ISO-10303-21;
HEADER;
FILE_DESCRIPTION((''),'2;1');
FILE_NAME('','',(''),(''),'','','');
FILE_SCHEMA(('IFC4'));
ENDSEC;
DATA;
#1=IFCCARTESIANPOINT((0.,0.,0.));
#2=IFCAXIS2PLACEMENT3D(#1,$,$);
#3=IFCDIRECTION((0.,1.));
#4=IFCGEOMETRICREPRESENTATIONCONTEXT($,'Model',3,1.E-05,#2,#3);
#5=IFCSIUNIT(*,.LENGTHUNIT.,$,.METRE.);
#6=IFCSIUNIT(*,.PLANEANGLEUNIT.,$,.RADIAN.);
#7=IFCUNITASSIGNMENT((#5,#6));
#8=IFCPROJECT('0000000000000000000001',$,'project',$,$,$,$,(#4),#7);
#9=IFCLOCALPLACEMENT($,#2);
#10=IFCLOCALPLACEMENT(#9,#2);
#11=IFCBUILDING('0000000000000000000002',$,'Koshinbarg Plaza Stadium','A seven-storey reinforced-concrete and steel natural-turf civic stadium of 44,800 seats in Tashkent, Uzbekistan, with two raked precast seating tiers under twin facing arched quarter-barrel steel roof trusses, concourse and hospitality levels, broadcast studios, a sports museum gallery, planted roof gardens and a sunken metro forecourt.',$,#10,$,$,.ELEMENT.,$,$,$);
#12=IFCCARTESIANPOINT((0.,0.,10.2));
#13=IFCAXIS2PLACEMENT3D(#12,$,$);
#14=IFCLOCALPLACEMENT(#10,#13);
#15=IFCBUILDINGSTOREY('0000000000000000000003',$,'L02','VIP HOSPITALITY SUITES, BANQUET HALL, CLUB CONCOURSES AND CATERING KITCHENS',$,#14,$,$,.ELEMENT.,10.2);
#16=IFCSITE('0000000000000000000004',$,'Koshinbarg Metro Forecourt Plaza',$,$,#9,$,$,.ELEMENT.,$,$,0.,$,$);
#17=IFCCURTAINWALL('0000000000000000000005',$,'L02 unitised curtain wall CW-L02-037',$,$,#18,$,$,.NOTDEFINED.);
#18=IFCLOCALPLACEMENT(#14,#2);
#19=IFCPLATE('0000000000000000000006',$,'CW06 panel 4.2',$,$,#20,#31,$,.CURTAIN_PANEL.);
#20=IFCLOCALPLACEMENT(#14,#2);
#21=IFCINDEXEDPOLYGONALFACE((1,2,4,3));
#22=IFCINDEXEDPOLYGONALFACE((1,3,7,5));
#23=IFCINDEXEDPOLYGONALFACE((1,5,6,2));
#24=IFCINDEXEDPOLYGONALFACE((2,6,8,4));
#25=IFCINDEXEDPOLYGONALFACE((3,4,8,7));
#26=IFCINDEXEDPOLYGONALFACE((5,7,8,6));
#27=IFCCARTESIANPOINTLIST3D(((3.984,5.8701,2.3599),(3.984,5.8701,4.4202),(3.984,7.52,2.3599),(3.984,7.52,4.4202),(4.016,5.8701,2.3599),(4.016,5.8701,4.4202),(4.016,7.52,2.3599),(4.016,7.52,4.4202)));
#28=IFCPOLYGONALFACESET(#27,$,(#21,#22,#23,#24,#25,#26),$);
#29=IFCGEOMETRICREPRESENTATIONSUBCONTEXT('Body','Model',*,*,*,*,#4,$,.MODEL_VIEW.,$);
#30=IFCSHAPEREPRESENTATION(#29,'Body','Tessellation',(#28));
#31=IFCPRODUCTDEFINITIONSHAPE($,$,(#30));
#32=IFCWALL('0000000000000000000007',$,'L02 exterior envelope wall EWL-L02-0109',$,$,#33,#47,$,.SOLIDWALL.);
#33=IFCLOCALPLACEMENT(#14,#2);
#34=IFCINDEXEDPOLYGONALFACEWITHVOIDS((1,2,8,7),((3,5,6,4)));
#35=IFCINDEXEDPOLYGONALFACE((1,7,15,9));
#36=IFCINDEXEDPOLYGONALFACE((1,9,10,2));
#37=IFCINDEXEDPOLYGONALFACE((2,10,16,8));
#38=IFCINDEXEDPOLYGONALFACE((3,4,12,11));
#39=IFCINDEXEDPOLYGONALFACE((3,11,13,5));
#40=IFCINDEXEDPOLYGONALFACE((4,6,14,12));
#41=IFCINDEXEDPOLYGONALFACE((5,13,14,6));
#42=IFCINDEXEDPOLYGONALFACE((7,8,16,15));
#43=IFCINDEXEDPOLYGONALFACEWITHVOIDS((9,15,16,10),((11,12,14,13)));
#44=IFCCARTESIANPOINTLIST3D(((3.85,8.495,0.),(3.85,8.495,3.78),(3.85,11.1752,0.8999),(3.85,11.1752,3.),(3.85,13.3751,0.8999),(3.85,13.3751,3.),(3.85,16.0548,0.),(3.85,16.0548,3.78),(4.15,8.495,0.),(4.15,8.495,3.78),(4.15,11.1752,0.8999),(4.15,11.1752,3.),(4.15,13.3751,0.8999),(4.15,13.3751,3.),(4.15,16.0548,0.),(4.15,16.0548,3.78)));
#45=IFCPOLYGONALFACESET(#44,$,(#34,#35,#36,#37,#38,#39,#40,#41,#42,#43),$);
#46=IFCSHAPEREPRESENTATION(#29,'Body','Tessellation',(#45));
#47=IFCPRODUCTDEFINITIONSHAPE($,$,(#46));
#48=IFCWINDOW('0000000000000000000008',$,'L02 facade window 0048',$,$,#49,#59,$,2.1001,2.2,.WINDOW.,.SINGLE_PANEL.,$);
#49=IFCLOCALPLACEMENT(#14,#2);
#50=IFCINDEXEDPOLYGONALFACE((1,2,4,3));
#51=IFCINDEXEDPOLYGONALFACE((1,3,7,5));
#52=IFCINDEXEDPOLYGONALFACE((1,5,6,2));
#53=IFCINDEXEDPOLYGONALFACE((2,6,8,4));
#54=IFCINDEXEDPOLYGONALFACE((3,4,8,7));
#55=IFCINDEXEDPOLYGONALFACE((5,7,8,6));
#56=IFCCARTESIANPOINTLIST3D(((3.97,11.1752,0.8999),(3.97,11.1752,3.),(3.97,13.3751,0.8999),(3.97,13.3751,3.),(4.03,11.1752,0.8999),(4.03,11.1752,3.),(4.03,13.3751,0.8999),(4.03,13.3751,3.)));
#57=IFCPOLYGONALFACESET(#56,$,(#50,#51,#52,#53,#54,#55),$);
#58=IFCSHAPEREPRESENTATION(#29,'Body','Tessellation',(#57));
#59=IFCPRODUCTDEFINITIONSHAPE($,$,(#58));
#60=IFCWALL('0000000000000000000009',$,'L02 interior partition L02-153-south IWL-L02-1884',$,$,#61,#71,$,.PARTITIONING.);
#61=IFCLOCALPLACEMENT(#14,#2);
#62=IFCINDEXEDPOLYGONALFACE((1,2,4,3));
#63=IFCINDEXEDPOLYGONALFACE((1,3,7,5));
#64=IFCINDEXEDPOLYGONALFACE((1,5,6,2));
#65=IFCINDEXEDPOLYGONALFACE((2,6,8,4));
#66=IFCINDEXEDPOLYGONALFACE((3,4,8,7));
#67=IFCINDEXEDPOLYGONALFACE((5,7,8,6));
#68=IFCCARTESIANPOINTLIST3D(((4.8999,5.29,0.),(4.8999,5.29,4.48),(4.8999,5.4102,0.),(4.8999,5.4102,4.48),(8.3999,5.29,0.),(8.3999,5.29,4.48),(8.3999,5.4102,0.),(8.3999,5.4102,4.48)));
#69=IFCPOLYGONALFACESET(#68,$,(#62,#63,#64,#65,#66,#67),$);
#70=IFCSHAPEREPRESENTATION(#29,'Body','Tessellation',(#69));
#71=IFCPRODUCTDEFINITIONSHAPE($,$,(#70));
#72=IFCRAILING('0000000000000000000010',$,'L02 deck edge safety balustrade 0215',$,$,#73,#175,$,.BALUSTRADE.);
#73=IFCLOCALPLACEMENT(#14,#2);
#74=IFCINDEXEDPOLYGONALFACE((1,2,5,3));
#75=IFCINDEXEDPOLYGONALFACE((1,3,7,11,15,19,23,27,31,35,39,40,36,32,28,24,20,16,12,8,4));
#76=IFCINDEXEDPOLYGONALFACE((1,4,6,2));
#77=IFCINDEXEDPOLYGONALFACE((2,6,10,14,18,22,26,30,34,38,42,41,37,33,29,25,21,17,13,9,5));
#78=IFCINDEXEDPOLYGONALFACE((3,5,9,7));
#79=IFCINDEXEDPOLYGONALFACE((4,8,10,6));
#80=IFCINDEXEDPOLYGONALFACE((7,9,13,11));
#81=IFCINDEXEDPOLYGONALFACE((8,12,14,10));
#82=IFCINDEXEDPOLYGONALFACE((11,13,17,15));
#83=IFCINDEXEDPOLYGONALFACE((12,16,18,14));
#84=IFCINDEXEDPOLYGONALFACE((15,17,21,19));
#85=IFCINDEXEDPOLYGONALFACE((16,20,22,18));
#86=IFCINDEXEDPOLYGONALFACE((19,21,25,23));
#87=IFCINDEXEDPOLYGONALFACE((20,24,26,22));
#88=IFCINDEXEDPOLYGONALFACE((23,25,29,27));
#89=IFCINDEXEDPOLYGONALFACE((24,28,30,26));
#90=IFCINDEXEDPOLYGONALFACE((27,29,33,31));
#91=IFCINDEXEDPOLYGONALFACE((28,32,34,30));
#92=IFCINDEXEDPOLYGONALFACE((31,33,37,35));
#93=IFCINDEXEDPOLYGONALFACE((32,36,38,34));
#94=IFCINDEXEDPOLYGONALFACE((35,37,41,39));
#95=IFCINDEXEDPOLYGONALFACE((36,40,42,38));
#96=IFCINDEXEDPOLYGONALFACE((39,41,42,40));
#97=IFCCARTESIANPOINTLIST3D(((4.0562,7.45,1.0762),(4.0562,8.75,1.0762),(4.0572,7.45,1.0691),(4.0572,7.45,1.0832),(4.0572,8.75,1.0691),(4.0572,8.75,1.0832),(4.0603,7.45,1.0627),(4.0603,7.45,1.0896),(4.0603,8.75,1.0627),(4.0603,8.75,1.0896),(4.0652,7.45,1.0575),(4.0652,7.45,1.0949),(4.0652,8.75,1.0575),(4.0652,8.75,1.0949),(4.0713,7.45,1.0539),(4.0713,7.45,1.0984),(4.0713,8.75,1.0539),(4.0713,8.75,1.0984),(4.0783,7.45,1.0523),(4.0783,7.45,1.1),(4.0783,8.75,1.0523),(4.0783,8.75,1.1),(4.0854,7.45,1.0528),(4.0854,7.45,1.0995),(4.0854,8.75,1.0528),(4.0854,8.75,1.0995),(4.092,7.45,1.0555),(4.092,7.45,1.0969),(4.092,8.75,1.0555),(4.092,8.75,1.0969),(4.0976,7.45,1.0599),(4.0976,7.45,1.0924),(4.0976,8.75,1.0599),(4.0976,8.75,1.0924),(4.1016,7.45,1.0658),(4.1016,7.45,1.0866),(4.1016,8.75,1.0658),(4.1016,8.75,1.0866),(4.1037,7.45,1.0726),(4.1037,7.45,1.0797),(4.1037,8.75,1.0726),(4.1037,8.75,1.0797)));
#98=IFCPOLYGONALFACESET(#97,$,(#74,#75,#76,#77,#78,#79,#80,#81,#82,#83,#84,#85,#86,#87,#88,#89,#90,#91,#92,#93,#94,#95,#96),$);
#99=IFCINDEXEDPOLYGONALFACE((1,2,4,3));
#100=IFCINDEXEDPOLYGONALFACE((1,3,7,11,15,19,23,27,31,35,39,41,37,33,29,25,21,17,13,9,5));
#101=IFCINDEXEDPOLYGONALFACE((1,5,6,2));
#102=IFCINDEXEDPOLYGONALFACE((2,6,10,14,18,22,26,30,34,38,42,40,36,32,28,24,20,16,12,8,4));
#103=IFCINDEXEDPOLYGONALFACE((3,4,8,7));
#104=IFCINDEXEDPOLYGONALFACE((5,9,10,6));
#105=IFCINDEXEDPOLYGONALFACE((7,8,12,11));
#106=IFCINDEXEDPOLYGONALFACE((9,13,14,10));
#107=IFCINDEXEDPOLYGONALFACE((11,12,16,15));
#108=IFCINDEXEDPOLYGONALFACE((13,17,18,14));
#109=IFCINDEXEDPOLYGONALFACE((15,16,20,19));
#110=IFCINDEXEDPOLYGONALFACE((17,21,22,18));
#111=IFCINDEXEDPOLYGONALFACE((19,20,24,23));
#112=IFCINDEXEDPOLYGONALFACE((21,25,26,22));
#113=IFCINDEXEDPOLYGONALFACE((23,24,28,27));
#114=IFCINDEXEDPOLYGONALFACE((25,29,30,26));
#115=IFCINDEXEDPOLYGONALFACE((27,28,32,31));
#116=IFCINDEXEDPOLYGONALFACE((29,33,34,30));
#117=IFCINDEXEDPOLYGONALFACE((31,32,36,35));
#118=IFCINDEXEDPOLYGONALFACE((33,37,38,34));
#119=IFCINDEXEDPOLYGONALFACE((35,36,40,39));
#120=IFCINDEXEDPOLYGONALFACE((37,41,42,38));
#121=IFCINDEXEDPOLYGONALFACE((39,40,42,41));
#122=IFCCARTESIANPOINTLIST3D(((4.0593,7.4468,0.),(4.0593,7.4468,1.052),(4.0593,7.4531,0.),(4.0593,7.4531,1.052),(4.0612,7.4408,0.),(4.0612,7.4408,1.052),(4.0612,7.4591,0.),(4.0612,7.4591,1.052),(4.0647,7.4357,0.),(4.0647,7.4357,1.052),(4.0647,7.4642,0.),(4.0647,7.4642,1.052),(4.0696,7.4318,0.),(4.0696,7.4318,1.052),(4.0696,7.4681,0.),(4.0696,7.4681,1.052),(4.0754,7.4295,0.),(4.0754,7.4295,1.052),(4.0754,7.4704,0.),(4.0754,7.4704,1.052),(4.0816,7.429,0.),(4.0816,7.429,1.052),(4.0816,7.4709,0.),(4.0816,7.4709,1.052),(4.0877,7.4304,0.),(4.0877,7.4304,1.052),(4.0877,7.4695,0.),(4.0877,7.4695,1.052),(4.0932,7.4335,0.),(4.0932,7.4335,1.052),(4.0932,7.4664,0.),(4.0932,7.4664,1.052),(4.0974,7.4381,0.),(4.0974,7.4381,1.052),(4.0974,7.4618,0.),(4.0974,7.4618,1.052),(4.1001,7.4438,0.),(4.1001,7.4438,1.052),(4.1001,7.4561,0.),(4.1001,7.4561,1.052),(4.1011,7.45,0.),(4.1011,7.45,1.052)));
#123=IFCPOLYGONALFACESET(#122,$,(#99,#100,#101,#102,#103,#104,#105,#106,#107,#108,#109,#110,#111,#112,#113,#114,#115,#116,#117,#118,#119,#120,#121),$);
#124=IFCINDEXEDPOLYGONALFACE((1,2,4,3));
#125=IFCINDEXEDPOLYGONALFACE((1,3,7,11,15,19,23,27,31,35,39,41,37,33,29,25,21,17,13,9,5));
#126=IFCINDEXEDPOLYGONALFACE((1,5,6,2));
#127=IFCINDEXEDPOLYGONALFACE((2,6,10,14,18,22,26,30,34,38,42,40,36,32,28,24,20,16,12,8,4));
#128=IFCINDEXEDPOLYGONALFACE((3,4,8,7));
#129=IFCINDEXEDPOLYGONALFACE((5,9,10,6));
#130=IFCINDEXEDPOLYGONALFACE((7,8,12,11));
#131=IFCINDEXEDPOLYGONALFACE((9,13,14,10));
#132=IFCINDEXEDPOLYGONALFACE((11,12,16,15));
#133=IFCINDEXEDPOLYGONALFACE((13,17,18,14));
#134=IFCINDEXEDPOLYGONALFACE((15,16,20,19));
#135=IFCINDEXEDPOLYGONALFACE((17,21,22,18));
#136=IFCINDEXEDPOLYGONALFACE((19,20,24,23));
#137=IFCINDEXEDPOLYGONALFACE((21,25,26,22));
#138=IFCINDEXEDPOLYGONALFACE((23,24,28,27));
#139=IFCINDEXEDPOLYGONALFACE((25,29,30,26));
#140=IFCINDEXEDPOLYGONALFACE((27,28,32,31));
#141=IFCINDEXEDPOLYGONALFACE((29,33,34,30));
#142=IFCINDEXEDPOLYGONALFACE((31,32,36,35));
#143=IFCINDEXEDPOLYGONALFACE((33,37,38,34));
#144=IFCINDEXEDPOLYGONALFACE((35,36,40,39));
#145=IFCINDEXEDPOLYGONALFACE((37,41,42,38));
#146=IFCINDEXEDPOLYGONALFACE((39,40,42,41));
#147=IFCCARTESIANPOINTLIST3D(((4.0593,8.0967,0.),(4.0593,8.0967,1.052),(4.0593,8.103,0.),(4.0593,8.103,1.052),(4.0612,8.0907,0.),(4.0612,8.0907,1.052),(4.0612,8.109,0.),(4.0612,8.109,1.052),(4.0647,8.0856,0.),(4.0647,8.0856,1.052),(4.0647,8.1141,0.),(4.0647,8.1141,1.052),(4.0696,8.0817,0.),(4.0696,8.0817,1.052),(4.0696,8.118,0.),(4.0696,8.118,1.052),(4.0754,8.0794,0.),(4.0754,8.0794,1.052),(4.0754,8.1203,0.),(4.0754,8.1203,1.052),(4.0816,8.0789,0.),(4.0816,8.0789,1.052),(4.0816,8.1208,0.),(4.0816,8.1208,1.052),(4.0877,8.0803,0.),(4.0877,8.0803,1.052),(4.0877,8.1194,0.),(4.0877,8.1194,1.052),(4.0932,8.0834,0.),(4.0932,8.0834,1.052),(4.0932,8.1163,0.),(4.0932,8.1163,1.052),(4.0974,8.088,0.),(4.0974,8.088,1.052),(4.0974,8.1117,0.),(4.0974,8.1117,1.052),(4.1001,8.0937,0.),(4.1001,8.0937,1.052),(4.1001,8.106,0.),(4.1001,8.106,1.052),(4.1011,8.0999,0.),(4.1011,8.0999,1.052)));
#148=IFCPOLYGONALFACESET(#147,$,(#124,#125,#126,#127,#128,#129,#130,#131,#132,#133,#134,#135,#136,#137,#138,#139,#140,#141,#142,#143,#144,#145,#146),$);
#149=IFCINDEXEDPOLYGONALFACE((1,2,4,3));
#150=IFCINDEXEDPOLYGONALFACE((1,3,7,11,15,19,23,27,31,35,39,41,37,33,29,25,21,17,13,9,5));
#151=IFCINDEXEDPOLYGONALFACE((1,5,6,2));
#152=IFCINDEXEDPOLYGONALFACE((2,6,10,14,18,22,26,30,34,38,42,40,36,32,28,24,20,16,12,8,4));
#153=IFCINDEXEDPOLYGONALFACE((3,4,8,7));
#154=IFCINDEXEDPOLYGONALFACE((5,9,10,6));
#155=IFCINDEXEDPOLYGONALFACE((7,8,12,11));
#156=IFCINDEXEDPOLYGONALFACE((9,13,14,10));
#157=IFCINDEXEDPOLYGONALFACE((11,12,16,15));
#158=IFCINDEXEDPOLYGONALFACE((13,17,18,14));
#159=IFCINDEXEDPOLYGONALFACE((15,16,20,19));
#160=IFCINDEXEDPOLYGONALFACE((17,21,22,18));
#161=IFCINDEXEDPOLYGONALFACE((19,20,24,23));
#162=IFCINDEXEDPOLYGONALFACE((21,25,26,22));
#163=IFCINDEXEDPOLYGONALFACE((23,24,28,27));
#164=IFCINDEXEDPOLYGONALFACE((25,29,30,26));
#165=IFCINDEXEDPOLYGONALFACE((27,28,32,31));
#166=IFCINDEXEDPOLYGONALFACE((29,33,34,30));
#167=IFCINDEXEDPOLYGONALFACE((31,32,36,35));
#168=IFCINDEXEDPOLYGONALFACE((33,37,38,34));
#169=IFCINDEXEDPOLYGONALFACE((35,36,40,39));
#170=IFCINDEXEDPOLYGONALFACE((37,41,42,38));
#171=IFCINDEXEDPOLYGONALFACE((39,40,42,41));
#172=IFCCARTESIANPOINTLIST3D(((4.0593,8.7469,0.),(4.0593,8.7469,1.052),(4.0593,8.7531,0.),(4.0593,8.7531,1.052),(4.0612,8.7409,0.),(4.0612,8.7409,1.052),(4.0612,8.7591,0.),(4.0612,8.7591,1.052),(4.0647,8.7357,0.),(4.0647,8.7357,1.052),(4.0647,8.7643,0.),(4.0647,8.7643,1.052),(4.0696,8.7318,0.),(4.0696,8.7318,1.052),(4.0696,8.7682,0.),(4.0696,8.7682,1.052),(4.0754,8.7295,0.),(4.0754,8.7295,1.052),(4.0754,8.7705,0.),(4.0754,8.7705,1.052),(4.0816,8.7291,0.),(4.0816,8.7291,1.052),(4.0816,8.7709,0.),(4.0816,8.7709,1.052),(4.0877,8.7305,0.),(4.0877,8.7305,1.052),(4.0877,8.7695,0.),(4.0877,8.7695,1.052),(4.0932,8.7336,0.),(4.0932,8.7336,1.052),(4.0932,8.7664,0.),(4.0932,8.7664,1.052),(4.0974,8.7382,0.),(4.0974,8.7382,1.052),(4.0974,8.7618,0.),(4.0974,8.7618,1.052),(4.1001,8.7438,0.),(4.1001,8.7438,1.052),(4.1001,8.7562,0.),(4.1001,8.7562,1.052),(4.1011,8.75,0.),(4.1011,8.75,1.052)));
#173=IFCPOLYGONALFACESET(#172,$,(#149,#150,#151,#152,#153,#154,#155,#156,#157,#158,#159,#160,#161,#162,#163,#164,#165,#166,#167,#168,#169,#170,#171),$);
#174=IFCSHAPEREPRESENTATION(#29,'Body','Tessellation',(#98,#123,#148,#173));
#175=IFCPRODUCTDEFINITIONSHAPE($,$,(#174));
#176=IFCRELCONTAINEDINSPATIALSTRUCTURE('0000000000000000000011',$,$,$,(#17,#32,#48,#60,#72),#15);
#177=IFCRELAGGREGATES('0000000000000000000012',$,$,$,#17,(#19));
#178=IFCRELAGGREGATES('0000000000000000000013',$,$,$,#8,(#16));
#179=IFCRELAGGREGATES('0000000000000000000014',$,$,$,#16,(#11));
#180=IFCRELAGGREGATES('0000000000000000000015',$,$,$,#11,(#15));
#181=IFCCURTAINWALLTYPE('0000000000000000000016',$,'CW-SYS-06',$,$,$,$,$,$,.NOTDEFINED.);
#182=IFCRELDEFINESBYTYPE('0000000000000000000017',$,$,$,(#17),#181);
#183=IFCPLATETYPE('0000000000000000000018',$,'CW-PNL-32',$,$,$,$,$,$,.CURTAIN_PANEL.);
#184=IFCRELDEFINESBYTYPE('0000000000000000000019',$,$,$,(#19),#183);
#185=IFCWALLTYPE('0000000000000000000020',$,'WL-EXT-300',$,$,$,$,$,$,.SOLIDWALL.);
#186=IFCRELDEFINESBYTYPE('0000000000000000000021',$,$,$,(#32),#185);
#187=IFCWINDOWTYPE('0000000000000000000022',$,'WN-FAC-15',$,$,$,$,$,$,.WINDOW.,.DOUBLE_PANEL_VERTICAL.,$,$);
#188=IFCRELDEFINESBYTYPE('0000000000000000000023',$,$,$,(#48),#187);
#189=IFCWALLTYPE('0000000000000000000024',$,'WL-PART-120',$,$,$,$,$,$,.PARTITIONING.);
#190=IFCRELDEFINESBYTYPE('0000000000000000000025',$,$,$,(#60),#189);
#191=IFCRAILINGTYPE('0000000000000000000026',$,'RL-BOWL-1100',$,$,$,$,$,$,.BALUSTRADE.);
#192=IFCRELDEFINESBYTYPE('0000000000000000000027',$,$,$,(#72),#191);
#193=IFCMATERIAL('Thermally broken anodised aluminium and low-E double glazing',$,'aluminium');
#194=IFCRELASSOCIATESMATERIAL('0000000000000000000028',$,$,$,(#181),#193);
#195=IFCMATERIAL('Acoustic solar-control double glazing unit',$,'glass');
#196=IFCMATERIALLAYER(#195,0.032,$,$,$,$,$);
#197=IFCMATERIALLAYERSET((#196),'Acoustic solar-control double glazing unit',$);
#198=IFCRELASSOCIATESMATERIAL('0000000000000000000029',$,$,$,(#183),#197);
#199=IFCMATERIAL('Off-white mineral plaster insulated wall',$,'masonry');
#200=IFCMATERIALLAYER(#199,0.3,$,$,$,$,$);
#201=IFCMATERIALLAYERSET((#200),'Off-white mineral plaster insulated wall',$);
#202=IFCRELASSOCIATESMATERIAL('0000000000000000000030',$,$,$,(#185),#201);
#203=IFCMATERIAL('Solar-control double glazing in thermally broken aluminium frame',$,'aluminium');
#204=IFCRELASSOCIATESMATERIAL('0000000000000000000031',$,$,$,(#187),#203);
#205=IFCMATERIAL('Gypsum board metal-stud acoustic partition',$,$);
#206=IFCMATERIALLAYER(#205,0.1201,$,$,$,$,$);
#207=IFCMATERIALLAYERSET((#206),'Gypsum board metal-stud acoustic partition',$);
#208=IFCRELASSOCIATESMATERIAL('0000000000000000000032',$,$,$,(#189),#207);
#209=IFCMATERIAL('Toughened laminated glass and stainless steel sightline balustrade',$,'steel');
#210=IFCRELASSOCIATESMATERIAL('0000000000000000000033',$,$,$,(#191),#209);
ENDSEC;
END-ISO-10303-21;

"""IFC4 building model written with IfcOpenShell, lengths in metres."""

from ifc_helpers import new_model, si_unit, direction, frame, frame_2d, origin, origin_2d, place, context, subcontext, project, spatial, rectangle, circle, extrude, material, layer, layer_set, type_object, element, fill, aggregate, save


model = new_model("IFC4")

# Units and contexts
model_context = context("Model", 3, precision=1e-05, world=origin(), true_north=direction((0.0, 1.0)))
body_context = subcontext(model_context, "Body", "Model", "MODEL_VIEW")
ifc_project = project(units=[si_unit("LENGTHUNIT", "METRE"), si_unit("PLANEANGLEUNIT", "RADIAN")], contexts=[model_context])

# Site, building, storey
site_placement = place(None, origin())
site = spatial("IfcSite", under=ifc_project, at=site_placement, Name="Koshinbarg Metro Forecourt Plaza", CompositionType="ELEMENT", RefElevation=0.0)
building_placement = place(site_placement, origin())
building = spatial("IfcBuilding", under=site, at=building_placement, Name="Koshinbarg Plaza Stadium", Description="A seven-storey reinforced-concrete and steel natural-turf civic stadium of 44,800 seats in Tashkent, Uzbekistan, with two raked precast seating tiers under twin facing arched quarter-barrel steel roof trusses, concourse and hospitality levels, broadcast studios, a sports museum gallery, planted roof gardens and a sunken metro forecourt.", CompositionType="ELEMENT")
storey_placement = place(building_placement, frame((0.0, 0.0, 10.2)))
storey = spatial("IfcBuildingStorey", under=building, at=storey_placement, Name="L02", Description="VIP HOSPITALITY SUITES, BANQUET HALL, CLUB CONCOURSES AND CATERING KITCHENS", CompositionType="ELEMENT", Elevation=10.2)

# Curtain wall, plate
ifc_material_1 = material(Name="Thermally broken anodised aluminium and low-E double glazing", Category="aluminium")
curtain_wall_type = type_object("IfcCurtainWallType", Name="CW-SYS-06", PredefinedType="NOTDEFINED", material=ifc_material_1)
curtain_wall_placement = place(storey_placement, origin())
curtain_wall = element("IfcCurtainWall", 1, at=curtain_wall_placement, inside=storey, type_object=curtain_wall_type, Name="L02 unitised curtain wall CW-L02-037", PredefinedType="NOTDEFINED")
ifc_material_2 = material(Name="Acoustic solar-control double glazing unit", Category="glass")
ifc_layer_1 = layer(ifc_material_2, 0.032)
ifc_layer_set_1 = layer_set([ifc_layer_1], Name="Acoustic solar-control double glazing unit")
plate_type = type_object("IfcPlateType", Name="CW-PNL-32", PredefinedType="CURTAIN_PANEL", material=ifc_layer_set_1)
plate_1_placement = place(storey_placement, frame((4.0, 6.6951, 2.3599), z_axis=(0.0, 0.0, 1.0), x_axis=(0.0, 1.0, 0.0)))
plate_1 = element("IfcPlate", 2, at=plate_1_placement, type_object=plate_type, Name="CW06 panel 4.2", PredefinedType="CURTAIN_PANEL", context=body_context, shape_type="SweptSolid", body=[
    extrude(rectangle(XDim=1.6499, YDim=0.032, at=origin_2d()), origin(), (0.0, 0.0, 1.0), 2.0603),
])
aggregate(curtain_wall, [plate_1])

# Wall, opening, window
ifc_material_3 = material(Name="Off-white mineral plaster insulated wall", Category="masonry")
ifc_layer_2 = layer(ifc_material_3, 0.3)
ifc_layer_set_2 = layer_set([ifc_layer_2], Name="Off-white mineral plaster insulated wall")
wall_type_1 = type_object("IfcWallType", Name="WL-EXT-300", PredefinedType="SOLIDWALL", material=ifc_layer_set_2)
wall_1_placement = place(storey_placement, frame((4.0, 8.4951, 0.0), z_axis=(0.0, 0.0, 1.0), x_axis=(0.0, 1.0, 0.0)))
wall_1 = element("IfcWall", 3, at=wall_1_placement, inside=storey, type_object=wall_type_1, Name="L02 exterior envelope wall EWL-L02-0109", PredefinedType="SOLIDWALL", context=body_context, shape_type="SweptSolid", body=[
    extrude(rectangle(XDim=7.5598, YDim=0.3, at=frame_2d((3.7798, 0.0))), origin(), (0.0, 0.0, 1.0), 3.78),
])
opening_placement = place(wall_1_placement, frame((2.6799, 0.0, 0.8999)))
opening = element("IfcOpeningElement", 4, at=opening_placement, cuts=wall_1, PredefinedType="OPENING", context=body_context, shape_type="SweptSolid", body=[
    extrude(rectangle(XDim=2.2, YDim=2.1001, at=frame_2d((1.1001, 1.05))), frame((0.0, 0.1599, 0.0), z_axis=(0.0, -1.0, 0.0), x_axis=(1.0, 0.0, 0.0)), (0.0, 0.0, 1.0), 0.3201),
])
ifc_material_4 = material(Name="Solar-control double glazing in thermally broken aluminium frame", Category="aluminium")
window_type = type_object("IfcWindowType", Name="WN-FAC-15", PartitioningType="DOUBLE_PANEL_VERTICAL", PredefinedType="WINDOW", material=ifc_material_4)
window_placement = place(opening_placement, origin())
window = element("IfcWindow", 5, at=window_placement, inside=storey, type_object=window_type, Name="L02 facade window 0048", OverallHeight=2.1001, OverallWidth=2.2, PartitioningType="SINGLE_PANEL", PredefinedType="WINDOW", context=body_context, shape_type="SweptSolid", body=[
    extrude(rectangle(XDim=2.2, YDim=2.1001, at=frame_2d((1.1001, 1.05))), frame((0.0, 0.03, 0.0), z_axis=(0.0, -1.0, 0.0), x_axis=(1.0, 0.0, 0.0)), (0.0, 0.0, 1.0), 0.0601),
])
fill(opening, window)

# Wall
ifc_material_5 = material(Name="Gypsum board metal-stud acoustic partition")
ifc_layer_3 = layer(ifc_material_5, 0.1201)
ifc_layer_set_3 = layer_set([ifc_layer_3], Name="Gypsum board metal-stud acoustic partition")
wall_type_2 = type_object("IfcWallType", Name="WL-PART-120", PredefinedType="PARTITIONING", material=ifc_layer_set_3)
wall_2_placement = place(storey_placement, frame((4.8999, 5.3501, 0.0), z_axis=(0.0, 0.0, 1.0), x_axis=(1.0, 0.0, 0.0)))
element("IfcWall", 6, at=wall_2_placement, inside=storey, type_object=wall_type_2, Name="L02 interior partition L02-153-south IWL-L02-1884", PredefinedType="PARTITIONING", context=body_context, shape_type="SweptSolid", body=[
    extrude(rectangle(XDim=3.5, YDim=0.1201, at=frame_2d((1.75, 0.0))), origin(), (0.0, 0.0, 1.0), 4.48),
])

# Railing
ifc_material_6 = material(Name="Toughened laminated glass and stainless steel sightline balustrade", Category="steel")
railing_type = type_object("IfcRailingType", Name="RL-BOWL-1100", PredefinedType="BALUSTRADE", material=ifc_material_6)
railing_1_placement = place(storey_placement, frame((4.0801, 7.45, 0.0)))
element("IfcRailing", 7, at=railing_1_placement, inside=storey, type_object=railing_type, Name="L02 deck edge safety balustrade 0215", PredefinedType="BALUSTRADE", context=body_context, shape_type="SweptSolid", body=[
    extrude(circle(Radius=0.0239, at=origin_2d()), frame((0.0, 0.0, 1.0762), z_axis=(0.0, 1.0, 0.0), x_axis=(-1.0, 0.0, 0.0)), (0.0, 0.0, 1.0), 1.3),
    extrude(circle(Radius=0.021, at=origin_2d()), origin(), (0.0, 0.0, 1.0), 1.052),
    extrude(circle(Radius=0.021, at=origin_2d()), frame((0.0, 0.6499, 0.0)), (0.0, 0.0, 1.0), 1.052),
    extrude(circle(Radius=0.021, at=origin_2d()), frame((0.0, 1.3, 0.0)), (0.0, 0.0, 1.0), 1.052),
])

save(model, "model.ifc")
